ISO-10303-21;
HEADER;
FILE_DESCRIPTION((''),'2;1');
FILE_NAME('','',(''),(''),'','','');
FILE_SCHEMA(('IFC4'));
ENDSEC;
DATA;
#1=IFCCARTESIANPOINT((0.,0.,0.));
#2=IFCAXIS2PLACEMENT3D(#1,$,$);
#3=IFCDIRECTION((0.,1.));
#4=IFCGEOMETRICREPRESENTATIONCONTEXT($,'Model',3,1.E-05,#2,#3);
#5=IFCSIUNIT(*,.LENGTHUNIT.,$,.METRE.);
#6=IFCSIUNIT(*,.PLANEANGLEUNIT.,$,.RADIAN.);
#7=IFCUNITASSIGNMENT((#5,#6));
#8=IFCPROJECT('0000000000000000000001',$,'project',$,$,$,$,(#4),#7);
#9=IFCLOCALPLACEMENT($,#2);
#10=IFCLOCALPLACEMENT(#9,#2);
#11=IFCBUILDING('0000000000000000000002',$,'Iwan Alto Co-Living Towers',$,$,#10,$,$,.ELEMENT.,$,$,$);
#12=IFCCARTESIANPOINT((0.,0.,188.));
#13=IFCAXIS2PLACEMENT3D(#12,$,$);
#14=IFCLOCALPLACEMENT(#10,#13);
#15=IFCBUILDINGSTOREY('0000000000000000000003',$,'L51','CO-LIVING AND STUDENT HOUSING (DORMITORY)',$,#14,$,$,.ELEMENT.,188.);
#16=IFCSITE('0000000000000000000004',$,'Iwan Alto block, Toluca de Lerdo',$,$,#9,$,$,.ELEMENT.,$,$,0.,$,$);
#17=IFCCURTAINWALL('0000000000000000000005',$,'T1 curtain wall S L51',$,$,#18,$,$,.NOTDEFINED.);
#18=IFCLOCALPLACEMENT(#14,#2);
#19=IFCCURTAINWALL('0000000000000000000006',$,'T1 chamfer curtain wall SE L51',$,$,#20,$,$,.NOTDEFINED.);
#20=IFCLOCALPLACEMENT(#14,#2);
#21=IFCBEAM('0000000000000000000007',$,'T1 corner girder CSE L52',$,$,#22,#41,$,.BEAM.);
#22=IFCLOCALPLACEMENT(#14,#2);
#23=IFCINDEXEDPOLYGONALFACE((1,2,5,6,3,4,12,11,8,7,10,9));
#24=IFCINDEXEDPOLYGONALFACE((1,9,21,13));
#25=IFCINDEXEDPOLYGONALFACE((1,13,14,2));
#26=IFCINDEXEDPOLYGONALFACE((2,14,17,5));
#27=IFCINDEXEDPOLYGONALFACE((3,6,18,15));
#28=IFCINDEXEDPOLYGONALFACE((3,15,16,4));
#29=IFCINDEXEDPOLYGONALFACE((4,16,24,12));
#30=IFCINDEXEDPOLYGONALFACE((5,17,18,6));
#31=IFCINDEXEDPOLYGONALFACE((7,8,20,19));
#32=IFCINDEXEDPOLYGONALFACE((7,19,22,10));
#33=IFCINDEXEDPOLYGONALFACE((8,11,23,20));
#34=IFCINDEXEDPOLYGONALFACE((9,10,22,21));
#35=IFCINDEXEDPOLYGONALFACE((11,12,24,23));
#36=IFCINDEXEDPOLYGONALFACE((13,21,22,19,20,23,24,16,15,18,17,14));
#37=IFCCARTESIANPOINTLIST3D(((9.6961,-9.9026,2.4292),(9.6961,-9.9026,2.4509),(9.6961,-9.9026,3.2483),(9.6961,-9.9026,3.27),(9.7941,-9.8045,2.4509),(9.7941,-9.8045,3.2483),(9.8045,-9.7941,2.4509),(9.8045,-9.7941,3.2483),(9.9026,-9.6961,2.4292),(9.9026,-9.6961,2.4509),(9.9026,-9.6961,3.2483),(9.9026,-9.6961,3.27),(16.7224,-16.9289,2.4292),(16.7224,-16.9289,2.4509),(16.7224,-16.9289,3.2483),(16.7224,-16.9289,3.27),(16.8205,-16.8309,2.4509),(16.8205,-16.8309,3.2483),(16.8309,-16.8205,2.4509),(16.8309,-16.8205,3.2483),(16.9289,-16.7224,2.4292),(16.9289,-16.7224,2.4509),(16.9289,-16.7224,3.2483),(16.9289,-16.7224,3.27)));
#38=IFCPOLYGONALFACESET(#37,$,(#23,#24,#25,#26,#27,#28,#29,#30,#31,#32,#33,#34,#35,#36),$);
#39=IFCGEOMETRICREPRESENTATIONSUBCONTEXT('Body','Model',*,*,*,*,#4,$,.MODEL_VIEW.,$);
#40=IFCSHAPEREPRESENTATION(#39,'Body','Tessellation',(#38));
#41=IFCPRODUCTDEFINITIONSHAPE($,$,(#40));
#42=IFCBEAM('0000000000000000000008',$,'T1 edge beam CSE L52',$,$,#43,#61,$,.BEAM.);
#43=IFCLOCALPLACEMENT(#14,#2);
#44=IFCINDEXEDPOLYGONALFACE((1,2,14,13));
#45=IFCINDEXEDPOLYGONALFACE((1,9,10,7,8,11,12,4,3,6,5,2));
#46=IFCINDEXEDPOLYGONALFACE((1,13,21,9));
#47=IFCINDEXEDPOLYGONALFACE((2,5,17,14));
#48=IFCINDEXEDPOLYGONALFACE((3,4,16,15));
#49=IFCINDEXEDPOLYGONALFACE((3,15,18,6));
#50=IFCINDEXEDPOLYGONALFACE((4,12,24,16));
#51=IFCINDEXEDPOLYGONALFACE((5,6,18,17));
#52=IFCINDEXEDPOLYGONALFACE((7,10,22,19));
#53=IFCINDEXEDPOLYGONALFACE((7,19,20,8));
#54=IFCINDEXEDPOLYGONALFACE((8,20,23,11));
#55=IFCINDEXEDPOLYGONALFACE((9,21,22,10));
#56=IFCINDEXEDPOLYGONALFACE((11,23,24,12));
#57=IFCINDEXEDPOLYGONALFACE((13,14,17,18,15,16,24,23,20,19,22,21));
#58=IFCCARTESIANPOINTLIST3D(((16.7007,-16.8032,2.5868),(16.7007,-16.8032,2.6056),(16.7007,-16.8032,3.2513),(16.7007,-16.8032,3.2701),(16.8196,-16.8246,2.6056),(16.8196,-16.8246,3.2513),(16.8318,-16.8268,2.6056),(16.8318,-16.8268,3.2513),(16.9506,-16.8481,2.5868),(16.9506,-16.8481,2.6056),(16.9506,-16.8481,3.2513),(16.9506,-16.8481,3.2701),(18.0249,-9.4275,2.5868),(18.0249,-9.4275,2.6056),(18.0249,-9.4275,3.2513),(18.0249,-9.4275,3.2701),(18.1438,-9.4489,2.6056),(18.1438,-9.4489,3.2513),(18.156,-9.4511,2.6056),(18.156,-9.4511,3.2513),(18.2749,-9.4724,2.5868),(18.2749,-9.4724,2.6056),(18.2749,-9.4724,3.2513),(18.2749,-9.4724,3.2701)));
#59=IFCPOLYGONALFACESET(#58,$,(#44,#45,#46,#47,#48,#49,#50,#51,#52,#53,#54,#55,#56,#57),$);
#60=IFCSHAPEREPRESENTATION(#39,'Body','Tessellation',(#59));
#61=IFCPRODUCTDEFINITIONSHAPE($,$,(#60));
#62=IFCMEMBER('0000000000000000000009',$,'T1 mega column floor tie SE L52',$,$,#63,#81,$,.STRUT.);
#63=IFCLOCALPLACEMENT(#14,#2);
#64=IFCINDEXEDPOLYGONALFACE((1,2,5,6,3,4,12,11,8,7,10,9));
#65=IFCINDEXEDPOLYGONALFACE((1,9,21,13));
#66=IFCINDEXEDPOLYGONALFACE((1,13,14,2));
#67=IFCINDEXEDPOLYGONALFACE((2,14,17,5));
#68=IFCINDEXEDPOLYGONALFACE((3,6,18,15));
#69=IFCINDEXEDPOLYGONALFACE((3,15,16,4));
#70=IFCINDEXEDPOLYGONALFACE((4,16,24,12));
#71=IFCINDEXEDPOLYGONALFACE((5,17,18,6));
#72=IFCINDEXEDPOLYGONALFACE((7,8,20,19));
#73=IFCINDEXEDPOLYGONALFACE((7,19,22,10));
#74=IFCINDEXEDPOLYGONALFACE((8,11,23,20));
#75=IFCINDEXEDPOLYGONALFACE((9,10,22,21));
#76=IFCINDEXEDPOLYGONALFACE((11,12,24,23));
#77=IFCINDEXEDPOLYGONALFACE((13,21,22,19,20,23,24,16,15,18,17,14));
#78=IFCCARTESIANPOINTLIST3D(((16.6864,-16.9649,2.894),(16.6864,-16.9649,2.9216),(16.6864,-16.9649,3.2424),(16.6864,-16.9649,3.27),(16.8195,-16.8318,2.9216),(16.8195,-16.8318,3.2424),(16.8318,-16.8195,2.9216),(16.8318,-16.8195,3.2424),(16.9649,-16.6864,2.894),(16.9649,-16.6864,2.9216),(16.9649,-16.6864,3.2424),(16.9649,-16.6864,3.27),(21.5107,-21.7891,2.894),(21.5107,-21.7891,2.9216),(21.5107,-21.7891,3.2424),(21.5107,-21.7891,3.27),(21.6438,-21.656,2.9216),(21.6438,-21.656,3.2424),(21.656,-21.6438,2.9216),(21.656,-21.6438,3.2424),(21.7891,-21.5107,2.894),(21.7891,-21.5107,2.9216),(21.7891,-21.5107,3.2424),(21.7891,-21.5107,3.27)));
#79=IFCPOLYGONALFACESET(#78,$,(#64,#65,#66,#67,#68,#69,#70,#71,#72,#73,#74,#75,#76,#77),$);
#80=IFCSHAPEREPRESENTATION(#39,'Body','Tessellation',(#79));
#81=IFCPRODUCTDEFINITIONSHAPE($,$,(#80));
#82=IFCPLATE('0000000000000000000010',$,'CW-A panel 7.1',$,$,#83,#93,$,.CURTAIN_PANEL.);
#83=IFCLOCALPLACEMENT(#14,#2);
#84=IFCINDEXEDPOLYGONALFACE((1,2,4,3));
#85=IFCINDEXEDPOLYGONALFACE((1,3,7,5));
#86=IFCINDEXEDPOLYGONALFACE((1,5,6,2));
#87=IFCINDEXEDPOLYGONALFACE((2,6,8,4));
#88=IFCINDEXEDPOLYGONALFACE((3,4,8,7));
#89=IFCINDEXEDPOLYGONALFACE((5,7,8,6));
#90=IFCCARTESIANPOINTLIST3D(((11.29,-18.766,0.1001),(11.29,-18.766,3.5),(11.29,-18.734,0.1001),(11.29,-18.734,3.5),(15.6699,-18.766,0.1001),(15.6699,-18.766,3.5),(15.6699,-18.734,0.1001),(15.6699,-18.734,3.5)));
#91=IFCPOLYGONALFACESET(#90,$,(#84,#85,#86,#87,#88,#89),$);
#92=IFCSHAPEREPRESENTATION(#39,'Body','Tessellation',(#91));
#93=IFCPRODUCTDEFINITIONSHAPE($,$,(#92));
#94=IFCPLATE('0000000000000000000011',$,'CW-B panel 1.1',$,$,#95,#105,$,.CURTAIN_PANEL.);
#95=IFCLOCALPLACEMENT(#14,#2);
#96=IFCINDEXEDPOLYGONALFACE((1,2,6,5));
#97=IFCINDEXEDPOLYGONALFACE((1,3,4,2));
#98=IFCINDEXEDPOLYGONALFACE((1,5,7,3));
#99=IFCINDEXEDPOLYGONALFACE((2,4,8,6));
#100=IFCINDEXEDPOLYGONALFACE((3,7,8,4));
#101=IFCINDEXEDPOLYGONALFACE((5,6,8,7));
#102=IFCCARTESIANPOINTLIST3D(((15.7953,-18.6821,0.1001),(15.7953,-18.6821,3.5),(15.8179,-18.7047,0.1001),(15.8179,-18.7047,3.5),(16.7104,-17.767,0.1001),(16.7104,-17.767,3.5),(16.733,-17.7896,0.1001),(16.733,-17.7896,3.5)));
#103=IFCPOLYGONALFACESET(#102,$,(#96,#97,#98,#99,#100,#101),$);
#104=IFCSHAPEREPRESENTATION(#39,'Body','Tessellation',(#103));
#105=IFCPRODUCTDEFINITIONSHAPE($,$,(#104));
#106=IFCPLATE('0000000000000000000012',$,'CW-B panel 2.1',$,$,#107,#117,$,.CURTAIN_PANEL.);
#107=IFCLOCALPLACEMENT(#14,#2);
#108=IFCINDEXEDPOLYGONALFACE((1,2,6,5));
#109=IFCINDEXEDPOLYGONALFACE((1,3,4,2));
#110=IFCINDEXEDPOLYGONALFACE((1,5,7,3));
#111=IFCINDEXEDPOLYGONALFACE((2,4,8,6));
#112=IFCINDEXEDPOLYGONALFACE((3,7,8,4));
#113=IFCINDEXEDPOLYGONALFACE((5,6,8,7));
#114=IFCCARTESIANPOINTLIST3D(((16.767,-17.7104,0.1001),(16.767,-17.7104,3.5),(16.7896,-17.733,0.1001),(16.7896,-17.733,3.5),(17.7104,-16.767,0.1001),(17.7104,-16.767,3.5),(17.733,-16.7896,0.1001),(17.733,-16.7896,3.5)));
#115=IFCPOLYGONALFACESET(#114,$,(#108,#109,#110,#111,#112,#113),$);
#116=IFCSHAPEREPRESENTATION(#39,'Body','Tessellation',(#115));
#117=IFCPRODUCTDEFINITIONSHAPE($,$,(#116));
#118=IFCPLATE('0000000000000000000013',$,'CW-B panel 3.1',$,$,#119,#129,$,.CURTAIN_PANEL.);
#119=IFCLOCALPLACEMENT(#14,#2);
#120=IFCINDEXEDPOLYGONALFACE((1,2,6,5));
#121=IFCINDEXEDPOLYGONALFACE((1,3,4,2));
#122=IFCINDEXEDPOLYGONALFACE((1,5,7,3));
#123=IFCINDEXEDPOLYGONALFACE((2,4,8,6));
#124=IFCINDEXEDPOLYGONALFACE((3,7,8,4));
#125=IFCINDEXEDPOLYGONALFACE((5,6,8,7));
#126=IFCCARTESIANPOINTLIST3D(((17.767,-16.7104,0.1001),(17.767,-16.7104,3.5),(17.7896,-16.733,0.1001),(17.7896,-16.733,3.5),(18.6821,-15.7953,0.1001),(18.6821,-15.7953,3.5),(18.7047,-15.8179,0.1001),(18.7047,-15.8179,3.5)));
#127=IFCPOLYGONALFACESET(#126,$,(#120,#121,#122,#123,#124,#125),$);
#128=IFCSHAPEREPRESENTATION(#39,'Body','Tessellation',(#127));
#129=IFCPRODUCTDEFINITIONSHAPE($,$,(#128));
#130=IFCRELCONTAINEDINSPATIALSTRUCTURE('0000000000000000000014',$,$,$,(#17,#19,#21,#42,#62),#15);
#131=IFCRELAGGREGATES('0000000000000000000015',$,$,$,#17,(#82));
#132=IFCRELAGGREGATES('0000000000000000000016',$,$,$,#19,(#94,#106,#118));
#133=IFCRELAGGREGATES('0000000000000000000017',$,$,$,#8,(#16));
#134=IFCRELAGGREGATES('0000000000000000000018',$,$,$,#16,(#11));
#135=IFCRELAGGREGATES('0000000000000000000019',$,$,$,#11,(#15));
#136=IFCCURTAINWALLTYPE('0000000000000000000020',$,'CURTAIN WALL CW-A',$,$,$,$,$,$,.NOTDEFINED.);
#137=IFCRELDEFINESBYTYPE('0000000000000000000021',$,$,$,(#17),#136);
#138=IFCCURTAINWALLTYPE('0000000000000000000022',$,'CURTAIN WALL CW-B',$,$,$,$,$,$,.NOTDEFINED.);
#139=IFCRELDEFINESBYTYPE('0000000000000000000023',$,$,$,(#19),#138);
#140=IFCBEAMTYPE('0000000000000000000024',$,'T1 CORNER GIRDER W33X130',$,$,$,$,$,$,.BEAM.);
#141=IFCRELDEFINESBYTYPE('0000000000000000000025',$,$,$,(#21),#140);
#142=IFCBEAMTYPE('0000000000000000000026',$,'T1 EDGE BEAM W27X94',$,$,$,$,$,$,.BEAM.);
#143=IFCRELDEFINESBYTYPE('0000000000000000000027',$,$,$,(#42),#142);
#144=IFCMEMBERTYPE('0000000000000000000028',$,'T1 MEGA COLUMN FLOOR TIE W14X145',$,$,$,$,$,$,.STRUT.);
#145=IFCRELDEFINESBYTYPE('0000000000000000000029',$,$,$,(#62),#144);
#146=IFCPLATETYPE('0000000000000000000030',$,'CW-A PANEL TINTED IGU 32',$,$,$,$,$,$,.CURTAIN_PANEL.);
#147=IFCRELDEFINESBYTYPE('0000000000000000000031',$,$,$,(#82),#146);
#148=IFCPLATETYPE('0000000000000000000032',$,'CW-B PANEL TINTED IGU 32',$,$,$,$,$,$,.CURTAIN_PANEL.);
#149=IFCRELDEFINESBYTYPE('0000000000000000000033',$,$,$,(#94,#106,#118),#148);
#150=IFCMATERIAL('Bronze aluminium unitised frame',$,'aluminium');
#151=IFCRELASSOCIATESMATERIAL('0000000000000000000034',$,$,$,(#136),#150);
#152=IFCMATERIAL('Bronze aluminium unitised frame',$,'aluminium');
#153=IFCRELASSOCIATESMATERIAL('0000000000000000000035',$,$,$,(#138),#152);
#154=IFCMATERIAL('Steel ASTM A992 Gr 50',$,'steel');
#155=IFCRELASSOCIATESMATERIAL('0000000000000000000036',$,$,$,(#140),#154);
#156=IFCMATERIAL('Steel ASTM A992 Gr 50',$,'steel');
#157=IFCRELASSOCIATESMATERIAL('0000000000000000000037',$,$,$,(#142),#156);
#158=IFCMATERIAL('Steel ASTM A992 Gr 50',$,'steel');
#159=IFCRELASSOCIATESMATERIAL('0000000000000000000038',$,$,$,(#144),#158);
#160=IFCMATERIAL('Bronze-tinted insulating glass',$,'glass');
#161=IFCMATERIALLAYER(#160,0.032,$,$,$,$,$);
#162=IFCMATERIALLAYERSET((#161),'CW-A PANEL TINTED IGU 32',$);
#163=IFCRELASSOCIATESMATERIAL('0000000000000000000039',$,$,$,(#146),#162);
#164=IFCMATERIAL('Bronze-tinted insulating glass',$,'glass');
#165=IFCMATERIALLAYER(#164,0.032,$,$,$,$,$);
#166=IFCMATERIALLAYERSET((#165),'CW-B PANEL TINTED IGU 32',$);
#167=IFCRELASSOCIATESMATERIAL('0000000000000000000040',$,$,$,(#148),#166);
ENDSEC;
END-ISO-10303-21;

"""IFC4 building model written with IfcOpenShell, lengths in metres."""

from ifc_helpers import new_model, si_unit, direction, frame, origin, origin_2d, place, context, subcontext, project, spatial, rectangle, i_section, extrude, material, layer, layer_set, material_profile, profile_set, type_object, element, aggregate, save


model = new_model("IFC4")

# Units and contexts
model_context = context("Model", 3, precision=1e-05, world=origin(), true_north=direction((0.0, 1.0)))
body_context = subcontext(model_context, "Body", "Model", "MODEL_VIEW")
ifc_project = project(units=[si_unit("LENGTHUNIT", "METRE"), si_unit("PLANEANGLEUNIT", "RADIAN")], contexts=[model_context])

# Site, building, storey
site_placement = place(None, origin())
site = spatial("IfcSite", under=ifc_project, at=site_placement, Name="Iwan Alto block, Toluca de Lerdo", CompositionType="ELEMENT", RefElevation=0.0)
building_placement = place(site_placement, origin())
building = spatial("IfcBuilding", under=site, at=building_placement, Name="Iwan Alto Co-Living Towers", CompositionType="ELEMENT")
storey_placement = place(building_placement, frame((0.0, 0.0, 188.0)))
storey = spatial("IfcBuildingStorey", under=building, at=storey_placement, Name="L51", Description="CO-LIVING AND STUDENT HOUSING (DORMITORY)", CompositionType="ELEMENT", Elevation=188.0)

# Curtain wall
ifc_material_1 = material(Name="Bronze aluminium unitised frame", Category="aluminium")
curtain_wall_type_1 = type_object("IfcCurtainWallType", Name="CURTAIN WALL CW-A", PredefinedType="NOTDEFINED", material=ifc_material_1)
curtain_wall_1_placement = place(storey_placement, origin())
curtain_wall_1 = element("IfcCurtainWall", 1, at=curtain_wall_1_placement, inside=storey, type_object=curtain_wall_type_1, Name="T1 curtain wall S L51", PredefinedType="NOTDEFINED")

# Curtain wall
ifc_material_2 = material(Name="Bronze aluminium unitised frame", Category="aluminium")
curtain_wall_type_2 = type_object("IfcCurtainWallType", Name="CURTAIN WALL CW-B", PredefinedType="NOTDEFINED", material=ifc_material_2)
curtain_wall_2_placement = place(storey_placement, origin())
curtain_wall_2 = element("IfcCurtainWall", 2, at=curtain_wall_2_placement, inside=storey, type_object=curtain_wall_type_2, Name="T1 chamfer curtain wall SE L51", PredefinedType="NOTDEFINED")

# Beams
ifc_material_3 = material(Name="Steel ASTM A992 Gr 50", Category="steel")
ifc_material_profile_1 = material_profile(ifc_material_3, i_section(OverallWidth=0.292, OverallDepth=0.8408, WebThickness=0.0146, FlangeThickness=0.0217, at=origin_2d()), Name="W33X130")
ifc_profile_set_1 = profile_set([ifc_material_profile_1], Name="Steel ASTM A992 Gr 50")
beam_type_1 = type_object("IfcBeamType", Name="T1 CORNER GIRDER W33X130", PredefinedType="BEAM", material=ifc_profile_set_1)
beam_1_placement = place(storey_placement, frame((16.8257, -16.8257, 2.8496), z_axis=(-0.707107, 0.707107, 0.0), x_axis=(-0.707107, -0.707107, 0.0)))
element("IfcBeam", 3, at=beam_1_placement, inside=storey, type_object=beam_type_1, Name="T1 corner girder CSE L52", PredefinedType="BEAM", context=body_context, shape_type="SweptSolid", body=[
    extrude(i_section(OverallWidth=0.292, OverallDepth=0.8408, WebThickness=0.0146, FlangeThickness=0.0217, at=origin_2d()), origin(), (0.0, 0.0, 1.0), 9.9368),
])
ifc_material_4 = material(Name="Steel ASTM A992 Gr 50", Category="steel")
ifc_material_profile_2 = material_profile(ifc_material_4, i_section(OverallWidth=0.2539, OverallDepth=0.6833, WebThickness=0.0125, FlangeThickness=0.0188, at=origin_2d()), Name="W27X94")
ifc_profile_set_2 = profile_set([ifc_material_profile_2], Name="Steel ASTM A992 Gr 50")
beam_type_2 = type_object("IfcBeamType", Name="T1 EDGE BEAM W27X94", PredefinedType="BEAM", material=ifc_profile_set_2)
beam_2_placement = place(storey_placement, frame((16.8257, -16.8257, 2.9285), z_axis=(0.176712, 0.984263, 0.0), x_axis=(-0.984263, 0.176712, 0.0)))
element("IfcBeam", 4, at=beam_2_placement, inside=storey, type_object=beam_type_2, Name="T1 edge beam CSE L52", PredefinedType="BEAM", context=body_context, shape_type="SweptSolid", body=[
    extrude(i_section(OverallWidth=0.2539, OverallDepth=0.6833, WebThickness=0.0125, FlangeThickness=0.0188, at=origin_2d()), origin(), (0.0, 0.0, 1.0), 7.4937),
])

# Member
ifc_material_5 = material(Name="Steel ASTM A992 Gr 50", Category="steel")
ifc_material_profile_3 = material_profile(ifc_material_5, i_section(OverallWidth=0.3938, OverallDepth=0.376, WebThickness=0.0173, FlangeThickness=0.0276, at=origin_2d()), Name="W14X145")
ifc_profile_set_3 = profile_set([ifc_material_profile_3], Name="Steel ASTM A992 Gr 50")
member_type_1 = type_object("IfcMemberType", Name="T1 MEGA COLUMN FLOOR TIE W14X145", PredefinedType="STRUT", material=ifc_profile_set_3)
member_1_placement = place(storey_placement, frame((21.6499, -21.6499, 3.082), z_axis=(-0.707107, 0.707107, 0.0), x_axis=(-0.707107, -0.707107, 0.0)))
element("IfcMember", 5, at=member_1_placement, inside=storey, type_object=member_type_1, Name="T1 mega column floor tie SE L52", PredefinedType="STRUT", context=body_context, shape_type="SweptSolid", body=[
    extrude(i_section(OverallWidth=0.3938, OverallDepth=0.376, WebThickness=0.0173, FlangeThickness=0.0276, at=origin_2d()), origin(), (0.0, 0.0, 1.0), 6.8225),
])

# Plates
ifc_material_6 = material(Name="Bronze-tinted insulating glass", Category="glass")
ifc_layer_1 = layer(ifc_material_6, 0.032)
ifc_layer_set_1 = layer_set([ifc_layer_1], Name="CW-A PANEL TINTED IGU 32")
plate_type_1 = type_object("IfcPlateType", Name="CW-A PANEL TINTED IGU 32", PredefinedType="CURTAIN_PANEL", material=ifc_layer_set_1)
plate_1_placement = place(storey_placement, frame((13.48, -18.75, 0.1001), z_axis=(0.0, 0.0, 1.0), x_axis=(1.0, 0.0, 0.0)))
plate_1 = element("IfcPlate", 6, at=plate_1_placement, type_object=plate_type_1, Name="CW-A panel 7.1", PredefinedType="CURTAIN_PANEL", context=body_context, shape_type="SweptSolid", body=[
    extrude(rectangle(XDim=4.3799, YDim=0.032, at=origin_2d()), origin(), (0.0, 0.0, 1.0), 3.3999),
])
aggregate(curtain_wall_1, [plate_1])
ifc_material_7 = material(Name="Bronze-tinted insulating glass", Category="glass")
ifc_layer_2 = layer(ifc_material_7, 0.032)
ifc_layer_set_2 = layer_set([ifc_layer_2], Name="CW-B PANEL TINTED IGU 32")
plate_type_2 = type_object("IfcPlateType", Name="CW-B PANEL TINTED IGU 32", PredefinedType="CURTAIN_PANEL", material=ifc_layer_set_2)
plate_2_placement = place(storey_placement, frame((16.2642, -18.2358, 0.1001), z_axis=(0.0, 0.0, 1.0), x_axis=(0.707107, 0.707107, 0.0)))
plate_2 = element("IfcPlate", 7, at=plate_2_placement, type_object=plate_type_2, Name="CW-B panel 1.1", PredefinedType="CURTAIN_PANEL", context=body_context, shape_type="SweptSolid", body=[
    extrude(rectangle(XDim=1.2942, YDim=0.032, at=origin_2d()), origin(), (0.0, 0.0, 1.0), 3.3999),
])
plate_3_placement = place(storey_placement, frame((17.25, -17.25, 0.1001), z_axis=(0.0, 0.0, 1.0), x_axis=(0.707107, 0.707107, 0.0)))
plate_3 = element("IfcPlate", 8, at=plate_3_placement, type_object=plate_type_2, Name="CW-B panel 2.1", PredefinedType="CURTAIN_PANEL", context=body_context, shape_type="SweptSolid", body=[
    extrude(rectangle(XDim=1.3342, YDim=0.032, at=origin_2d()), origin(), (0.0, 0.0, 1.0), 3.3999),
])
plate_4_placement = place(storey_placement, frame((18.2358, -16.2642, 0.1001), z_axis=(0.0, 0.0, 1.0), x_axis=(0.707107, 0.707107, 0.0)))
plate_4 = element("IfcPlate", 9, at=plate_4_placement, type_object=plate_type_2, Name="CW-B panel 3.1", PredefinedType="CURTAIN_PANEL", context=body_context, shape_type="SweptSolid", body=[
    extrude(rectangle(XDim=1.2942, YDim=0.032, at=origin_2d()), origin(), (0.0, 0.0, 1.0), 3.3999),
])
aggregate(curtain_wall_2, [plate_2, plate_3, plate_4])

save(model, "model.ifc")
